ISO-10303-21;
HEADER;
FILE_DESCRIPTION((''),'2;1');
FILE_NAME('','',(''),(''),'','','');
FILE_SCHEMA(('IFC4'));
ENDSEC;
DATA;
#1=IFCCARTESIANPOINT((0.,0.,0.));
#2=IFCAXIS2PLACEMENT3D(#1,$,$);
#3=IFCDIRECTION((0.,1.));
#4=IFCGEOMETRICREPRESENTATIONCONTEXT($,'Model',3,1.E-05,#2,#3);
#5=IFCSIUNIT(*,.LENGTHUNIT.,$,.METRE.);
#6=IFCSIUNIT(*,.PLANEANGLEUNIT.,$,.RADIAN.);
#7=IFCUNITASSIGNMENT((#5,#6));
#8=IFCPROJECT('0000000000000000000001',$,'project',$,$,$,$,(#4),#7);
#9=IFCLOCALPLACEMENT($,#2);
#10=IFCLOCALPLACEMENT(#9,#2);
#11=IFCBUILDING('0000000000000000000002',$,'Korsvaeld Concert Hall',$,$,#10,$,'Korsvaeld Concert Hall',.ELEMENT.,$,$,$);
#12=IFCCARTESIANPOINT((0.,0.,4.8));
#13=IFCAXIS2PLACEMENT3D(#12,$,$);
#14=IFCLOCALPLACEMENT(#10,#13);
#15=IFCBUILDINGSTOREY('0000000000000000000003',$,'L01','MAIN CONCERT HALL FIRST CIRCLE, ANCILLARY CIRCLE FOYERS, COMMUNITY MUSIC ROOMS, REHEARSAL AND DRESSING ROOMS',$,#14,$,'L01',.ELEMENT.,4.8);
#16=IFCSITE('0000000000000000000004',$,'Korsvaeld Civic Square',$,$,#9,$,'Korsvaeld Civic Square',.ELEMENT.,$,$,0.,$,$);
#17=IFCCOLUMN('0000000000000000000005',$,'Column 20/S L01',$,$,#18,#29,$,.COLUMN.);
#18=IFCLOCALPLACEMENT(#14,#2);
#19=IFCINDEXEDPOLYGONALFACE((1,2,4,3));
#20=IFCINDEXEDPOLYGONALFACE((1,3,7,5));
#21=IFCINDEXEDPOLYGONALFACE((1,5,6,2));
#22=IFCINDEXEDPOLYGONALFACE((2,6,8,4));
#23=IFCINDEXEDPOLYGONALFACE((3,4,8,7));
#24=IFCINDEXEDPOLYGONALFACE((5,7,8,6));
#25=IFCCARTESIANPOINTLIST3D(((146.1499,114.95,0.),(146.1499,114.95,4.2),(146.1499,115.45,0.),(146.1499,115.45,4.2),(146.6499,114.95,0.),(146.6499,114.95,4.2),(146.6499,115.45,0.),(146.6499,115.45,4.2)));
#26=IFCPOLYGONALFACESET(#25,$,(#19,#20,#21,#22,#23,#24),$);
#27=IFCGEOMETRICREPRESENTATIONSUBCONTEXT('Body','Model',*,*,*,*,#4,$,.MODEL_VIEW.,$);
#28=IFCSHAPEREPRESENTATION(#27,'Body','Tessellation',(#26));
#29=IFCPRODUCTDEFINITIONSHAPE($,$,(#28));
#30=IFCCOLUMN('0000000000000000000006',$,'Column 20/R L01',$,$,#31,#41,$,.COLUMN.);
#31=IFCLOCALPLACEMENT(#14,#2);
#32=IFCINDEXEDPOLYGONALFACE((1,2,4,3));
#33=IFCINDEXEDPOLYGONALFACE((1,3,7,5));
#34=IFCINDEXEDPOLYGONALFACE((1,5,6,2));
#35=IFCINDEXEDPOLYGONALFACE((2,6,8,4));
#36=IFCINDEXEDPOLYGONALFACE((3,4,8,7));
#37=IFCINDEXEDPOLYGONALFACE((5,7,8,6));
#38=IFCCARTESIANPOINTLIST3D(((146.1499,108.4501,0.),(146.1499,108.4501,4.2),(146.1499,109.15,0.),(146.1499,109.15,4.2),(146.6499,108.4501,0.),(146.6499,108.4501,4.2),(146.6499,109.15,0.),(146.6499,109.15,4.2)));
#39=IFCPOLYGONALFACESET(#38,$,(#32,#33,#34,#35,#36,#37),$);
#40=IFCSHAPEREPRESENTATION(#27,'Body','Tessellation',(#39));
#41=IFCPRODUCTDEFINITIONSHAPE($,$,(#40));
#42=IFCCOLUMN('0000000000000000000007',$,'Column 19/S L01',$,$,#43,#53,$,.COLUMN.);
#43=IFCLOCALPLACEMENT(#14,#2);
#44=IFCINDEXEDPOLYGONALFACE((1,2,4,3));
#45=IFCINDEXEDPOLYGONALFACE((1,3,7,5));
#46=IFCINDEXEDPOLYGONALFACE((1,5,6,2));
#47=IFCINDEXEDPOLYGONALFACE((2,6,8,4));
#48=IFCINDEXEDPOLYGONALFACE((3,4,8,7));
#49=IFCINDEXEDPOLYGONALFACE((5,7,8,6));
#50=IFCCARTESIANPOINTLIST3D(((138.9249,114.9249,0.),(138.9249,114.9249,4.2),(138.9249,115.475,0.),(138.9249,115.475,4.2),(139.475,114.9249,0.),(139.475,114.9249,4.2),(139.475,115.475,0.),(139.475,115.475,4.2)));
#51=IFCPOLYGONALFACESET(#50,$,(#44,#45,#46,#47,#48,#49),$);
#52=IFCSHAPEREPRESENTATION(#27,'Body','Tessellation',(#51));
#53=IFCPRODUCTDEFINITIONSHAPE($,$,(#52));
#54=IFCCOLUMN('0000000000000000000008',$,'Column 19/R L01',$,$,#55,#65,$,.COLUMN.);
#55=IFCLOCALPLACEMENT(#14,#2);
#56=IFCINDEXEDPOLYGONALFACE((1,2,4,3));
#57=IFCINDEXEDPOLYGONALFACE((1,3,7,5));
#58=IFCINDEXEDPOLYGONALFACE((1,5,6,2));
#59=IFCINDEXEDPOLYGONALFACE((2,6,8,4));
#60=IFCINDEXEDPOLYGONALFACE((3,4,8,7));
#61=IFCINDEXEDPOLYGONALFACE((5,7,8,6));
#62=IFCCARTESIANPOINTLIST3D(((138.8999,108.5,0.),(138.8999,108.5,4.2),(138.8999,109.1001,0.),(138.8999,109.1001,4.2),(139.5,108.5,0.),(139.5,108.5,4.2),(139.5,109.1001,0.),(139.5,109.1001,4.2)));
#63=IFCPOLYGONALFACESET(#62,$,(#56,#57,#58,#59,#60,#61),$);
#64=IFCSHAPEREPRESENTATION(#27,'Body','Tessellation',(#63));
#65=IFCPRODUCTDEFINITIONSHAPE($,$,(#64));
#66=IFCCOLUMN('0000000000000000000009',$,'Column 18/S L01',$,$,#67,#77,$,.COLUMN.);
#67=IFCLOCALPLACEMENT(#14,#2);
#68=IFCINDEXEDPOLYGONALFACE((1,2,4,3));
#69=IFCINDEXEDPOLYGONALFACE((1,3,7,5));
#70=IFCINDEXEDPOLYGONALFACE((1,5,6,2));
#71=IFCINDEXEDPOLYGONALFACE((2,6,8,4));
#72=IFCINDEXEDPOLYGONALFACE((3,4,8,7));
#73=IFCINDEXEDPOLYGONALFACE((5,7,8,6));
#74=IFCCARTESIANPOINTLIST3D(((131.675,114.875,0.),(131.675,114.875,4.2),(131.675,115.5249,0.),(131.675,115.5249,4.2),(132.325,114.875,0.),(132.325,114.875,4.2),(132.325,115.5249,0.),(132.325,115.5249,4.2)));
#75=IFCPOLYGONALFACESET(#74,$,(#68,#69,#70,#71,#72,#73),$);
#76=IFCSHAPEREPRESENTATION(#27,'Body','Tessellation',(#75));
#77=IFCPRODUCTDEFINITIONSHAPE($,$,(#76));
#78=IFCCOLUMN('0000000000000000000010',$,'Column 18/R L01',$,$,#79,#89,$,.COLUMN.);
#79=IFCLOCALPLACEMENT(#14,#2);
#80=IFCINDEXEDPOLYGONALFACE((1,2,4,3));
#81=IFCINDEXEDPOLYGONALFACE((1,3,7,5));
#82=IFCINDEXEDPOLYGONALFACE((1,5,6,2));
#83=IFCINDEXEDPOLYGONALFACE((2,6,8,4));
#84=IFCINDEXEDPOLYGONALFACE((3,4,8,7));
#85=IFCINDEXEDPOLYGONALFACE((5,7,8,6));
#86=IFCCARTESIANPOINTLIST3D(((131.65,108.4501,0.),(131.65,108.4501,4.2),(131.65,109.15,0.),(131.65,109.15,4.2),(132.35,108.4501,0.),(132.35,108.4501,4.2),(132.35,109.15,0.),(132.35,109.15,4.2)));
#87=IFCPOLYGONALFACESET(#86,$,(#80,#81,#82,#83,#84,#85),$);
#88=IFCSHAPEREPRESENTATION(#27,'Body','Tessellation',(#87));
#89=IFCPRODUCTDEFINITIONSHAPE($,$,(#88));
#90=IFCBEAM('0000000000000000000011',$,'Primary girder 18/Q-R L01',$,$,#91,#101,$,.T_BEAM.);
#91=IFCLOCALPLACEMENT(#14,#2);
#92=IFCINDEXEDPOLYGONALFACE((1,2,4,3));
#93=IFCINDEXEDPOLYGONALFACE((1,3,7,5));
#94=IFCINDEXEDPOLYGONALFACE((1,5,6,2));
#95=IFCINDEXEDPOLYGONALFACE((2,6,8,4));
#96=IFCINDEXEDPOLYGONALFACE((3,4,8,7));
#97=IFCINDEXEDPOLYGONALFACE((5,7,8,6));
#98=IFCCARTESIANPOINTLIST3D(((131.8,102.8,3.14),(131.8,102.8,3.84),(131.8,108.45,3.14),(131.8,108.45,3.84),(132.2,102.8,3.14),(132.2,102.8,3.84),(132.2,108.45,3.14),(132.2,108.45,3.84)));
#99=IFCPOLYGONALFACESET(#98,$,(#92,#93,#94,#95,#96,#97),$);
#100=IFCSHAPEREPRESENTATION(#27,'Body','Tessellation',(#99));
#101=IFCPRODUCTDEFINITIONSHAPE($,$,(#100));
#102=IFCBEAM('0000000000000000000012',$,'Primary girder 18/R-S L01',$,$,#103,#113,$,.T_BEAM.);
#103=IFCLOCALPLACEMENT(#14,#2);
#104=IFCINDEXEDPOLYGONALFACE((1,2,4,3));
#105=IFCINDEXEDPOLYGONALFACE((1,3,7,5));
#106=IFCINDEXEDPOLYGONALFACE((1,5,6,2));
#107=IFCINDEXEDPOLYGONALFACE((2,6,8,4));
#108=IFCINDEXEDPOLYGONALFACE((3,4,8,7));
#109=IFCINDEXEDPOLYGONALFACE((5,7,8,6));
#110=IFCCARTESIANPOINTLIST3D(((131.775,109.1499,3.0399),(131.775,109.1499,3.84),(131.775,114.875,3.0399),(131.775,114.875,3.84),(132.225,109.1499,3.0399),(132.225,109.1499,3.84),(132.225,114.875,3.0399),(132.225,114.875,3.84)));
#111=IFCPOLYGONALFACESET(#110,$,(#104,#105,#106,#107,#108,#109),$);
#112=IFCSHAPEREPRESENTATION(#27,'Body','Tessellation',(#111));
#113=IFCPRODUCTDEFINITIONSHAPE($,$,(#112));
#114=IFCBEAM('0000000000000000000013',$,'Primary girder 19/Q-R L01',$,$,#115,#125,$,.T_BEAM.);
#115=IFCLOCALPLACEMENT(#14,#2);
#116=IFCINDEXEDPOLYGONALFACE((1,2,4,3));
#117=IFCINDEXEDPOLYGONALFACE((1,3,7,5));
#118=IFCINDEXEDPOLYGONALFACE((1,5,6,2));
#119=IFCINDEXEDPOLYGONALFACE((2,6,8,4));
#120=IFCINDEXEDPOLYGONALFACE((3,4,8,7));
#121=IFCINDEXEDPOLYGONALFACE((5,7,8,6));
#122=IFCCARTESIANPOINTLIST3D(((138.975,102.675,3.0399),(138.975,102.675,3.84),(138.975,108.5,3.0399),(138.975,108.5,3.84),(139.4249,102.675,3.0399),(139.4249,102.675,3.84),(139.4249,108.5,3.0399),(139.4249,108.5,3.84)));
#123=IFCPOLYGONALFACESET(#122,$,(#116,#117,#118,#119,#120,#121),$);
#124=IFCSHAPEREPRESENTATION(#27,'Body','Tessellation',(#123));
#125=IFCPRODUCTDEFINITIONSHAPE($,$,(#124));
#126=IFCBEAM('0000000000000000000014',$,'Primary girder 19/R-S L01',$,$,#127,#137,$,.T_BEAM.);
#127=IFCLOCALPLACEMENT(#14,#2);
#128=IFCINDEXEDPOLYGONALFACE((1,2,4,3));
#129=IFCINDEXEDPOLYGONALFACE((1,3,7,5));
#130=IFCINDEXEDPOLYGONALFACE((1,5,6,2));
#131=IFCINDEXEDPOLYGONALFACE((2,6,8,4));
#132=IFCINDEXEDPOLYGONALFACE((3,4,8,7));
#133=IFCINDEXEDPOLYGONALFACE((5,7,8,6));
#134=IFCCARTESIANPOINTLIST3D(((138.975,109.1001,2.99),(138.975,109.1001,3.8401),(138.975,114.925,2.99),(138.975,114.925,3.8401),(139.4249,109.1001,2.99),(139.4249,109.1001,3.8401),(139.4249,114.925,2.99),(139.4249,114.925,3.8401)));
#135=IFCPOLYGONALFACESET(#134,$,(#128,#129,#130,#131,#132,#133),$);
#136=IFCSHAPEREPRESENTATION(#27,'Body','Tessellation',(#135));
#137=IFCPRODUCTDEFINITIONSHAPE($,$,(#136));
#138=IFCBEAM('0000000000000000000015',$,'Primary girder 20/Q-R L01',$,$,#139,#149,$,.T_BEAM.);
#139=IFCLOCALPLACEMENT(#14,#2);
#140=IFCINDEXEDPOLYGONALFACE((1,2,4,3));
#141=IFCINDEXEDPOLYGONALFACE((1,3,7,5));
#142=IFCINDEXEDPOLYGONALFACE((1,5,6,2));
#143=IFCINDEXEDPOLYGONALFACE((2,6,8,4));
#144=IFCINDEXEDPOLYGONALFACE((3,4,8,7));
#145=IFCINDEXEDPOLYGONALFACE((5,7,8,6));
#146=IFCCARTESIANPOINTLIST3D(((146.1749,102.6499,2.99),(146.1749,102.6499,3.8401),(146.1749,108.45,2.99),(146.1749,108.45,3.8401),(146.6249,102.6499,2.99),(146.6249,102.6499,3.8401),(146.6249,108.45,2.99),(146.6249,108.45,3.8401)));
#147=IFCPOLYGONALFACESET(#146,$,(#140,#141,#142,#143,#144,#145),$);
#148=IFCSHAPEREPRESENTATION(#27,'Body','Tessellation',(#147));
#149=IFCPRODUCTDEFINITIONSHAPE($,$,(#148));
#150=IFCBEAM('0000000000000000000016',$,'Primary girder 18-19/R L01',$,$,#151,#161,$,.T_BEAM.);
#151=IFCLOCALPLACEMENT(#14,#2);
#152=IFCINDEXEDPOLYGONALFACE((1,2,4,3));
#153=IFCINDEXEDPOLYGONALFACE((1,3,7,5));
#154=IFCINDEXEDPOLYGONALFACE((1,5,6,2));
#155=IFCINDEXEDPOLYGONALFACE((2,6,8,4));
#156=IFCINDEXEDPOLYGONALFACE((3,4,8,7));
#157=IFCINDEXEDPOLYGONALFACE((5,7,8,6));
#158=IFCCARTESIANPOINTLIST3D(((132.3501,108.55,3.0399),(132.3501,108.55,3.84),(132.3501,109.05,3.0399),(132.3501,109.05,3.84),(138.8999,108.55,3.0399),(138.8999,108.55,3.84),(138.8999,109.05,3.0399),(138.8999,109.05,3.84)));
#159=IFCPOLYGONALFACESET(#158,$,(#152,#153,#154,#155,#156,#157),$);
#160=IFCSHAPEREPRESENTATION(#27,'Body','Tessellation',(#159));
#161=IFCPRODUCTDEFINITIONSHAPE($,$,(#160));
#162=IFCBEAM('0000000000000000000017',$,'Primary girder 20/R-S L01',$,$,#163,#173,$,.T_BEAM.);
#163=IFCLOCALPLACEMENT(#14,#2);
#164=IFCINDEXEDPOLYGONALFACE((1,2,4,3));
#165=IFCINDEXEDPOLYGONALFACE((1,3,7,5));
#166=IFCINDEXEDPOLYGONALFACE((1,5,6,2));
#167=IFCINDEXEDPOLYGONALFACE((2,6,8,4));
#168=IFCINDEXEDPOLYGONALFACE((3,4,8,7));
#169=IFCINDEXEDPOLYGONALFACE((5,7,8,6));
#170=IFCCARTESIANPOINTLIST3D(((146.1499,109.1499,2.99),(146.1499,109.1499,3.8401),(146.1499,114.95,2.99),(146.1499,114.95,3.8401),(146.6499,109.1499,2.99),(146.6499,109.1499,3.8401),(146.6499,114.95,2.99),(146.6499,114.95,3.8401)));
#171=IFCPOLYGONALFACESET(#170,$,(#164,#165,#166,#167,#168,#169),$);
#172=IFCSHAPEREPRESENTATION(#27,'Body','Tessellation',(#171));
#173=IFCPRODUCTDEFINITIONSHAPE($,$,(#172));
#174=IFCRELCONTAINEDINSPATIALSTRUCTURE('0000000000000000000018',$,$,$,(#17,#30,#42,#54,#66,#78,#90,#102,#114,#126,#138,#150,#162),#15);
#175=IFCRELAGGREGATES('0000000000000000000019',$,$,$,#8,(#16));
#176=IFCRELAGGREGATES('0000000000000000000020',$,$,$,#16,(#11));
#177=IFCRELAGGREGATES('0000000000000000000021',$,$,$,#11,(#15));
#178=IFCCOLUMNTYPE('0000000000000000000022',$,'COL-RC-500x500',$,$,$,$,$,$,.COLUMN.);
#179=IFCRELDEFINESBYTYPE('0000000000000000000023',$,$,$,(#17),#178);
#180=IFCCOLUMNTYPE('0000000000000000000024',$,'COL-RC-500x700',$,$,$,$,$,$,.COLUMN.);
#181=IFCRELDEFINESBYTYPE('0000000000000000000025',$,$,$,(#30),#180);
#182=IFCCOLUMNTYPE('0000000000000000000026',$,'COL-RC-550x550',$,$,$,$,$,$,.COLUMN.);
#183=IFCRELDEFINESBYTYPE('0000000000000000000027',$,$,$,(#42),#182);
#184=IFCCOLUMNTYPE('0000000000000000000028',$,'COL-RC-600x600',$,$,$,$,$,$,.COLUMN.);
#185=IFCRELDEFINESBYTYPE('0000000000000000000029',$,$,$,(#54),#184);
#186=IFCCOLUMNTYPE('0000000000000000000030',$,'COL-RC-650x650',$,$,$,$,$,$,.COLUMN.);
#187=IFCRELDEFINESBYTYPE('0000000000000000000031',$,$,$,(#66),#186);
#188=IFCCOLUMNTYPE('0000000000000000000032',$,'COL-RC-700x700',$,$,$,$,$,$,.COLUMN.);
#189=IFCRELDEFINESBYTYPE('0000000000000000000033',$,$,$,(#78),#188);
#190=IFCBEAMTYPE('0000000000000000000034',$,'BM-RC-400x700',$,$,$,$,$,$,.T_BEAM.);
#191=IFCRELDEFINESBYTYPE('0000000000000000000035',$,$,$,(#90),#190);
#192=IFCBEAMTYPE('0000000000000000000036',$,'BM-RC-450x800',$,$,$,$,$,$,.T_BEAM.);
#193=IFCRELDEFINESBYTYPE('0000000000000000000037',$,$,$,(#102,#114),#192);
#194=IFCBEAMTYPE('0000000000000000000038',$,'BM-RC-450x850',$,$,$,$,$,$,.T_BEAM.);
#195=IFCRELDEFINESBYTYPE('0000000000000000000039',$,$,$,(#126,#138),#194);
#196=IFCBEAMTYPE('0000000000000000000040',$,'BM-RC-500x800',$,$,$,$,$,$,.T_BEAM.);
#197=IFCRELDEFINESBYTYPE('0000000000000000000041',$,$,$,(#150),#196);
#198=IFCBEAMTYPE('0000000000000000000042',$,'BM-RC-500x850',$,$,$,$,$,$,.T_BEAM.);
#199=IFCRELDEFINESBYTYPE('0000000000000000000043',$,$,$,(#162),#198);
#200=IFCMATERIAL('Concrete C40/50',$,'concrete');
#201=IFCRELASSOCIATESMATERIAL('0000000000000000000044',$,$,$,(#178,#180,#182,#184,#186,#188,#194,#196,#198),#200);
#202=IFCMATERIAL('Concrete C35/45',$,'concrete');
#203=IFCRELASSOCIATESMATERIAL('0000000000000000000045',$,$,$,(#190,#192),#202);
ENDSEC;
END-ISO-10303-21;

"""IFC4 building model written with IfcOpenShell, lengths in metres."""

from ifc_helpers import new_model, si_unit, direction, frame, origin, origin_2d, place, context, subcontext, project, spatial, rectangle, extrude, material, material_profile, profile_set, type_object, element, save


model = new_model("IFC4")

# Units and contexts
model_context = context("Model", 3, precision=1e-05, world=origin(), true_north=direction((0.0, 1.0)))
body_context = subcontext(model_context, "Body", "Model", "MODEL_VIEW")
ifc_project = project(units=[si_unit("LENGTHUNIT", "METRE"), si_unit("PLANEANGLEUNIT", "RADIAN")], contexts=[model_context])

# Site, building, storey
site_placement = place(None, origin())
site = spatial("IfcSite", under=ifc_project, at=site_placement, Name="Korsvaeld Civic Square", LongName="Korsvaeld Civic Square", CompositionType="ELEMENT", RefElevation=0.0)
building_placement = place(site_placement, origin())
building = spatial("IfcBuilding", under=site, at=building_placement, Name="Korsvaeld Concert Hall", LongName="Korsvaeld Concert Hall", CompositionType="ELEMENT")
storey_placement = place(building_placement, frame((0.0, 0.0, 4.8)))
storey = spatial("IfcBuildingStorey", under=building, at=storey_placement, Name="L01", Description="MAIN CONCERT HALL FIRST CIRCLE, ANCILLARY CIRCLE FOYERS, COMMUNITY MUSIC ROOMS, REHEARSAL AND DRESSING ROOMS", LongName="L01", CompositionType="ELEMENT", Elevation=4.8)

# Columns
ifc_material_1 = material(Name="Concrete C40/50", Category="concrete")
ifc_material_profile_1 = material_profile(ifc_material_1, rectangle(XDim=0.5, YDim=0.5, at=origin_2d()), Name="RC 500x500")
ifc_profile_set_1 = profile_set([ifc_material_profile_1], Name="Concrete C40/50")
column_type_1 = type_object("IfcColumnType", Name="COL-RC-500x500", PredefinedType="COLUMN", material=ifc_profile_set_1)
column_1_placement = place(storey_placement, frame((146.3999, 115.2, 0.0), z_axis=(0.0, 0.0, 1.0), x_axis=(1.0, 0.0, 0.0)))
element("IfcColumn", 1, at=column_1_placement, inside=storey, type_object=column_type_1, Name="Column 20/S L01", PredefinedType="COLUMN", context=body_context, shape_type="SweptSolid", body=[
    extrude(rectangle(XDim=0.5, YDim=0.5, at=origin_2d()), origin(), (0.0, 0.0, 1.0), 4.2),
])
ifc_material_profile_2 = material_profile(ifc_material_1, rectangle(XDim=0.5, YDim=0.7, at=origin_2d()), Name="RC 500x700")
ifc_profile_set_2 = profile_set([ifc_material_profile_2], Name="Concrete C40/50")
column_type_2 = type_object("IfcColumnType", Name="COL-RC-500x700", PredefinedType="COLUMN", material=ifc_profile_set_2)
column_2_placement = place(storey_placement, frame((146.3999, 108.8, 0.0), z_axis=(0.0, 0.0, 1.0), x_axis=(1.0, 0.0, 0.0)))
element("IfcColumn", 2, at=column_2_placement, inside=storey, type_object=column_type_2, Name="Column 20/R L01", PredefinedType="COLUMN", context=body_context, shape_type="SweptSolid", body=[
    extrude(rectangle(XDim=0.5, YDim=0.7, at=origin_2d()), origin(), (0.0, 0.0, 1.0), 4.2),
])
ifc_material_profile_3 = material_profile(ifc_material_1, rectangle(XDim=0.55, YDim=0.55, at=origin_2d()), Name="RC 550x550")
ifc_profile_set_3 = profile_set([ifc_material_profile_3], Name="Concrete C40/50")
column_type_3 = type_object("IfcColumnType", Name="COL-RC-550x550", PredefinedType="COLUMN", material=ifc_profile_set_3)
column_3_placement = place(storey_placement, frame((139.2, 115.2, 0.0), z_axis=(0.0, 0.0, 1.0), x_axis=(1.0, 0.0, 0.0)))
element("IfcColumn", 3, at=column_3_placement, inside=storey, type_object=column_type_3, Name="Column 19/S L01", PredefinedType="COLUMN", context=body_context, shape_type="SweptSolid", body=[
    extrude(rectangle(XDim=0.55, YDim=0.55, at=origin_2d()), origin(), (0.0, 0.0, 1.0), 4.2),
])
ifc_material_profile_4 = material_profile(ifc_material_1, rectangle(XDim=0.6001, YDim=0.6001, at=origin_2d()), Name="RC 600x600")
ifc_profile_set_4 = profile_set([ifc_material_profile_4], Name="Concrete C40/50")
column_type_4 = type_object("IfcColumnType", Name="COL-RC-600x600", PredefinedType="COLUMN", material=ifc_profile_set_4)
column_4_placement = place(storey_placement, frame((139.2, 108.8, 0.0), z_axis=(0.0, 0.0, 1.0), x_axis=(1.0, 0.0, 0.0)))
element("IfcColumn", 4, at=column_4_placement, inside=storey, type_object=column_type_4, Name="Column 19/R L01", PredefinedType="COLUMN", context=body_context, shape_type="SweptSolid", body=[
    extrude(rectangle(XDim=0.6001, YDim=0.6001, at=origin_2d()), origin(), (0.0, 0.0, 1.0), 4.2),
])
ifc_material_profile_5 = material_profile(ifc_material_1, rectangle(XDim=0.6499, YDim=0.6499, at=origin_2d()), Name="RC 650x650")
ifc_profile_set_5 = profile_set([ifc_material_profile_5], Name="Concrete C40/50")
column_type_5 = type_object("IfcColumnType", Name="COL-RC-650x650", PredefinedType="COLUMN", material=ifc_profile_set_5)
column_5_placement = place(storey_placement, frame((132.0, 115.2, 0.0), z_axis=(0.0, 0.0, 1.0), x_axis=(1.0, 0.0, 0.0)))
element("IfcColumn", 5, at=column_5_placement, inside=storey, type_object=column_type_5, Name="Column 18/S L01", PredefinedType="COLUMN", context=body_context, shape_type="SweptSolid", body=[
    extrude(rectangle(XDim=0.6499, YDim=0.6499, at=origin_2d()), origin(), (0.0, 0.0, 1.0), 4.2),
])
ifc_material_profile_6 = material_profile(ifc_material_1, rectangle(XDim=0.7, YDim=0.7, at=origin_2d()), Name="RC 700x700")
ifc_profile_set_6 = profile_set([ifc_material_profile_6], Name="Concrete C40/50")
column_type_6 = type_object("IfcColumnType", Name="COL-RC-700x700", PredefinedType="COLUMN", material=ifc_profile_set_6)
column_6_placement = place(storey_placement, frame((132.0, 108.8, 0.0), z_axis=(0.0, 0.0, 1.0), x_axis=(1.0, 0.0, 0.0)))
element("IfcColumn", 6, at=column_6_placement, inside=storey, type_object=column_type_6, Name="Column 18/R L01", PredefinedType="COLUMN", context=body_context, shape_type="SweptSolid", body=[
    extrude(rectangle(XDim=0.7, YDim=0.7, at=origin_2d()), origin(), (0.0, 0.0, 1.0), 4.2),
])

# Beams
ifc_material_2 = material(Name="Concrete C35/45", Category="concrete")
ifc_material_profile_7 = material_profile(ifc_material_2, rectangle(XDim=0.3999, YDim=0.7, at=origin_2d()), Name="RC 400x700")
ifc_profile_set_7 = profile_set([ifc_material_profile_7], Name="Concrete C35/45")
beam_type_1 = type_object("IfcBeamType", Name="BM-RC-400x700", PredefinedType="T_BEAM", material=ifc_profile_set_7)
beam_1_placement = place(storey_placement, frame((132.0, 102.8, 3.49), z_axis=(0.0, 1.0, 0.0), x_axis=(-1.0, 0.0, 0.0)))
element("IfcBeam", 7, at=beam_1_placement, inside=storey, type_object=beam_type_1, Name="Primary girder 18/Q-R L01", PredefinedType="T_BEAM", context=body_context, shape_type="SweptSolid", body=[
    extrude(rectangle(XDim=0.3999, YDim=0.7, at=origin_2d()), origin(), (0.0, 0.0, 1.0), 5.6499),
])
ifc_material_profile_8 = material_profile(ifc_material_2, rectangle(XDim=0.45, YDim=0.8, at=origin_2d()), Name="RC 450x800")
ifc_profile_set_8 = profile_set([ifc_material_profile_8], Name="Concrete C35/45")
beam_type_2 = type_object("IfcBeamType", Name="BM-RC-450x800", PredefinedType="T_BEAM", material=ifc_profile_set_8)
beam_2_placement = place(storey_placement, frame((132.0, 109.1499, 3.4399), z_axis=(0.0, 1.0, 0.0), x_axis=(-1.0, 0.0, 0.0)))
element("IfcBeam", 8, at=beam_2_placement, inside=storey, type_object=beam_type_2, Name="Primary girder 18/R-S L01", PredefinedType="T_BEAM", context=body_context, shape_type="SweptSolid", body=[
    extrude(rectangle(XDim=0.45, YDim=0.8, at=origin_2d()), origin(), (0.0, 0.0, 1.0), 5.7251),
])
beam_3_placement = place(storey_placement, frame((139.2, 102.675, 3.4399), z_axis=(0.0, 1.0, 0.0), x_axis=(-1.0, 0.0, 0.0)))
element("IfcBeam", 9, at=beam_3_placement, inside=storey, type_object=beam_type_2, Name="Primary girder 19/Q-R L01", PredefinedType="T_BEAM", context=body_context, shape_type="SweptSolid", body=[
    extrude(rectangle(XDim=0.45, YDim=0.8, at=origin_2d()), origin(), (0.0, 0.0, 1.0), 5.825),
])
ifc_material_profile_9 = material_profile(ifc_material_1, rectangle(XDim=0.45, YDim=0.8501, at=origin_2d()), Name="RC 450x850")
ifc_profile_set_9 = profile_set([ifc_material_profile_9], Name="Concrete C40/50")
beam_type_3 = type_object("IfcBeamType", Name="BM-RC-450x850", PredefinedType="T_BEAM", material=ifc_profile_set_9)
beam_4_placement = place(storey_placement, frame((139.2, 109.1001, 3.415), z_axis=(0.0, 1.0, 0.0), x_axis=(-1.0, 0.0, 0.0)))
element("IfcBeam", 10, at=beam_4_placement, inside=storey, type_object=beam_type_3, Name="Primary girder 19/R-S L01", PredefinedType="T_BEAM", context=body_context, shape_type="SweptSolid", body=[
    extrude(rectangle(XDim=0.45, YDim=0.8501, at=origin_2d()), origin(), (0.0, 0.0, 1.0), 5.825),
])
beam_5_placement = place(storey_placement, frame((146.3999, 102.6499, 3.415), z_axis=(0.0, 1.0, 0.0), x_axis=(-1.0, 0.0, 0.0)))
element("IfcBeam", 11, at=beam_5_placement, inside=storey, type_object=beam_type_3, Name="Primary girder 20/Q-R L01", PredefinedType="T_BEAM", context=body_context, shape_type="SweptSolid", body=[
    extrude(rectangle(XDim=0.45, YDim=0.8501, at=origin_2d()), origin(), (0.0, 0.0, 1.0), 5.8),
])
ifc_material_profile_10 = material_profile(ifc_material_1, rectangle(XDim=0.5, YDim=0.8, at=origin_2d()), Name="RC 500x800")
ifc_profile_set_10 = profile_set([ifc_material_profile_10], Name="Concrete C40/50")
beam_type_4 = type_object("IfcBeamType", Name="BM-RC-500x800", PredefinedType="T_BEAM", material=ifc_profile_set_10)
beam_6_placement = place(storey_placement, frame((132.3501, 108.8, 3.4399), z_axis=(1.0, 0.0, 0.0), x_axis=(0.0, 1.0, 0.0)))
element("IfcBeam", 12, at=beam_6_placement, inside=storey, type_object=beam_type_4, Name="Primary girder 18-19/R L01", PredefinedType="T_BEAM", context=body_context, shape_type="SweptSolid", body=[
    extrude(rectangle(XDim=0.5, YDim=0.8, at=origin_2d()), origin(), (0.0, 0.0, 1.0), 6.5498),
])
ifc_material_profile_11 = material_profile(ifc_material_1, rectangle(XDim=0.5, YDim=0.8501, at=origin_2d()), Name="RC 500x850")
ifc_profile_set_11 = profile_set([ifc_material_profile_11], Name="Concrete C40/50")
beam_type_5 = type_object("IfcBeamType", Name="BM-RC-500x850", PredefinedType="T_BEAM", material=ifc_profile_set_11)
beam_7_placement = place(storey_placement, frame((146.3999, 109.1499, 3.415), z_axis=(0.0, 1.0, 0.0), x_axis=(-1.0, 0.0, 0.0)))
element("IfcBeam", 13, at=beam_7_placement, inside=storey, type_object=beam_type_5, Name="Primary girder 20/R-S L01", PredefinedType="T_BEAM", context=body_context, shape_type="SweptSolid", body=[
    extrude(rectangle(XDim=0.5, YDim=0.8501, at=origin_2d()), origin(), (0.0, 0.0, 1.0), 5.8),
])

save(model, "model.ifc")
